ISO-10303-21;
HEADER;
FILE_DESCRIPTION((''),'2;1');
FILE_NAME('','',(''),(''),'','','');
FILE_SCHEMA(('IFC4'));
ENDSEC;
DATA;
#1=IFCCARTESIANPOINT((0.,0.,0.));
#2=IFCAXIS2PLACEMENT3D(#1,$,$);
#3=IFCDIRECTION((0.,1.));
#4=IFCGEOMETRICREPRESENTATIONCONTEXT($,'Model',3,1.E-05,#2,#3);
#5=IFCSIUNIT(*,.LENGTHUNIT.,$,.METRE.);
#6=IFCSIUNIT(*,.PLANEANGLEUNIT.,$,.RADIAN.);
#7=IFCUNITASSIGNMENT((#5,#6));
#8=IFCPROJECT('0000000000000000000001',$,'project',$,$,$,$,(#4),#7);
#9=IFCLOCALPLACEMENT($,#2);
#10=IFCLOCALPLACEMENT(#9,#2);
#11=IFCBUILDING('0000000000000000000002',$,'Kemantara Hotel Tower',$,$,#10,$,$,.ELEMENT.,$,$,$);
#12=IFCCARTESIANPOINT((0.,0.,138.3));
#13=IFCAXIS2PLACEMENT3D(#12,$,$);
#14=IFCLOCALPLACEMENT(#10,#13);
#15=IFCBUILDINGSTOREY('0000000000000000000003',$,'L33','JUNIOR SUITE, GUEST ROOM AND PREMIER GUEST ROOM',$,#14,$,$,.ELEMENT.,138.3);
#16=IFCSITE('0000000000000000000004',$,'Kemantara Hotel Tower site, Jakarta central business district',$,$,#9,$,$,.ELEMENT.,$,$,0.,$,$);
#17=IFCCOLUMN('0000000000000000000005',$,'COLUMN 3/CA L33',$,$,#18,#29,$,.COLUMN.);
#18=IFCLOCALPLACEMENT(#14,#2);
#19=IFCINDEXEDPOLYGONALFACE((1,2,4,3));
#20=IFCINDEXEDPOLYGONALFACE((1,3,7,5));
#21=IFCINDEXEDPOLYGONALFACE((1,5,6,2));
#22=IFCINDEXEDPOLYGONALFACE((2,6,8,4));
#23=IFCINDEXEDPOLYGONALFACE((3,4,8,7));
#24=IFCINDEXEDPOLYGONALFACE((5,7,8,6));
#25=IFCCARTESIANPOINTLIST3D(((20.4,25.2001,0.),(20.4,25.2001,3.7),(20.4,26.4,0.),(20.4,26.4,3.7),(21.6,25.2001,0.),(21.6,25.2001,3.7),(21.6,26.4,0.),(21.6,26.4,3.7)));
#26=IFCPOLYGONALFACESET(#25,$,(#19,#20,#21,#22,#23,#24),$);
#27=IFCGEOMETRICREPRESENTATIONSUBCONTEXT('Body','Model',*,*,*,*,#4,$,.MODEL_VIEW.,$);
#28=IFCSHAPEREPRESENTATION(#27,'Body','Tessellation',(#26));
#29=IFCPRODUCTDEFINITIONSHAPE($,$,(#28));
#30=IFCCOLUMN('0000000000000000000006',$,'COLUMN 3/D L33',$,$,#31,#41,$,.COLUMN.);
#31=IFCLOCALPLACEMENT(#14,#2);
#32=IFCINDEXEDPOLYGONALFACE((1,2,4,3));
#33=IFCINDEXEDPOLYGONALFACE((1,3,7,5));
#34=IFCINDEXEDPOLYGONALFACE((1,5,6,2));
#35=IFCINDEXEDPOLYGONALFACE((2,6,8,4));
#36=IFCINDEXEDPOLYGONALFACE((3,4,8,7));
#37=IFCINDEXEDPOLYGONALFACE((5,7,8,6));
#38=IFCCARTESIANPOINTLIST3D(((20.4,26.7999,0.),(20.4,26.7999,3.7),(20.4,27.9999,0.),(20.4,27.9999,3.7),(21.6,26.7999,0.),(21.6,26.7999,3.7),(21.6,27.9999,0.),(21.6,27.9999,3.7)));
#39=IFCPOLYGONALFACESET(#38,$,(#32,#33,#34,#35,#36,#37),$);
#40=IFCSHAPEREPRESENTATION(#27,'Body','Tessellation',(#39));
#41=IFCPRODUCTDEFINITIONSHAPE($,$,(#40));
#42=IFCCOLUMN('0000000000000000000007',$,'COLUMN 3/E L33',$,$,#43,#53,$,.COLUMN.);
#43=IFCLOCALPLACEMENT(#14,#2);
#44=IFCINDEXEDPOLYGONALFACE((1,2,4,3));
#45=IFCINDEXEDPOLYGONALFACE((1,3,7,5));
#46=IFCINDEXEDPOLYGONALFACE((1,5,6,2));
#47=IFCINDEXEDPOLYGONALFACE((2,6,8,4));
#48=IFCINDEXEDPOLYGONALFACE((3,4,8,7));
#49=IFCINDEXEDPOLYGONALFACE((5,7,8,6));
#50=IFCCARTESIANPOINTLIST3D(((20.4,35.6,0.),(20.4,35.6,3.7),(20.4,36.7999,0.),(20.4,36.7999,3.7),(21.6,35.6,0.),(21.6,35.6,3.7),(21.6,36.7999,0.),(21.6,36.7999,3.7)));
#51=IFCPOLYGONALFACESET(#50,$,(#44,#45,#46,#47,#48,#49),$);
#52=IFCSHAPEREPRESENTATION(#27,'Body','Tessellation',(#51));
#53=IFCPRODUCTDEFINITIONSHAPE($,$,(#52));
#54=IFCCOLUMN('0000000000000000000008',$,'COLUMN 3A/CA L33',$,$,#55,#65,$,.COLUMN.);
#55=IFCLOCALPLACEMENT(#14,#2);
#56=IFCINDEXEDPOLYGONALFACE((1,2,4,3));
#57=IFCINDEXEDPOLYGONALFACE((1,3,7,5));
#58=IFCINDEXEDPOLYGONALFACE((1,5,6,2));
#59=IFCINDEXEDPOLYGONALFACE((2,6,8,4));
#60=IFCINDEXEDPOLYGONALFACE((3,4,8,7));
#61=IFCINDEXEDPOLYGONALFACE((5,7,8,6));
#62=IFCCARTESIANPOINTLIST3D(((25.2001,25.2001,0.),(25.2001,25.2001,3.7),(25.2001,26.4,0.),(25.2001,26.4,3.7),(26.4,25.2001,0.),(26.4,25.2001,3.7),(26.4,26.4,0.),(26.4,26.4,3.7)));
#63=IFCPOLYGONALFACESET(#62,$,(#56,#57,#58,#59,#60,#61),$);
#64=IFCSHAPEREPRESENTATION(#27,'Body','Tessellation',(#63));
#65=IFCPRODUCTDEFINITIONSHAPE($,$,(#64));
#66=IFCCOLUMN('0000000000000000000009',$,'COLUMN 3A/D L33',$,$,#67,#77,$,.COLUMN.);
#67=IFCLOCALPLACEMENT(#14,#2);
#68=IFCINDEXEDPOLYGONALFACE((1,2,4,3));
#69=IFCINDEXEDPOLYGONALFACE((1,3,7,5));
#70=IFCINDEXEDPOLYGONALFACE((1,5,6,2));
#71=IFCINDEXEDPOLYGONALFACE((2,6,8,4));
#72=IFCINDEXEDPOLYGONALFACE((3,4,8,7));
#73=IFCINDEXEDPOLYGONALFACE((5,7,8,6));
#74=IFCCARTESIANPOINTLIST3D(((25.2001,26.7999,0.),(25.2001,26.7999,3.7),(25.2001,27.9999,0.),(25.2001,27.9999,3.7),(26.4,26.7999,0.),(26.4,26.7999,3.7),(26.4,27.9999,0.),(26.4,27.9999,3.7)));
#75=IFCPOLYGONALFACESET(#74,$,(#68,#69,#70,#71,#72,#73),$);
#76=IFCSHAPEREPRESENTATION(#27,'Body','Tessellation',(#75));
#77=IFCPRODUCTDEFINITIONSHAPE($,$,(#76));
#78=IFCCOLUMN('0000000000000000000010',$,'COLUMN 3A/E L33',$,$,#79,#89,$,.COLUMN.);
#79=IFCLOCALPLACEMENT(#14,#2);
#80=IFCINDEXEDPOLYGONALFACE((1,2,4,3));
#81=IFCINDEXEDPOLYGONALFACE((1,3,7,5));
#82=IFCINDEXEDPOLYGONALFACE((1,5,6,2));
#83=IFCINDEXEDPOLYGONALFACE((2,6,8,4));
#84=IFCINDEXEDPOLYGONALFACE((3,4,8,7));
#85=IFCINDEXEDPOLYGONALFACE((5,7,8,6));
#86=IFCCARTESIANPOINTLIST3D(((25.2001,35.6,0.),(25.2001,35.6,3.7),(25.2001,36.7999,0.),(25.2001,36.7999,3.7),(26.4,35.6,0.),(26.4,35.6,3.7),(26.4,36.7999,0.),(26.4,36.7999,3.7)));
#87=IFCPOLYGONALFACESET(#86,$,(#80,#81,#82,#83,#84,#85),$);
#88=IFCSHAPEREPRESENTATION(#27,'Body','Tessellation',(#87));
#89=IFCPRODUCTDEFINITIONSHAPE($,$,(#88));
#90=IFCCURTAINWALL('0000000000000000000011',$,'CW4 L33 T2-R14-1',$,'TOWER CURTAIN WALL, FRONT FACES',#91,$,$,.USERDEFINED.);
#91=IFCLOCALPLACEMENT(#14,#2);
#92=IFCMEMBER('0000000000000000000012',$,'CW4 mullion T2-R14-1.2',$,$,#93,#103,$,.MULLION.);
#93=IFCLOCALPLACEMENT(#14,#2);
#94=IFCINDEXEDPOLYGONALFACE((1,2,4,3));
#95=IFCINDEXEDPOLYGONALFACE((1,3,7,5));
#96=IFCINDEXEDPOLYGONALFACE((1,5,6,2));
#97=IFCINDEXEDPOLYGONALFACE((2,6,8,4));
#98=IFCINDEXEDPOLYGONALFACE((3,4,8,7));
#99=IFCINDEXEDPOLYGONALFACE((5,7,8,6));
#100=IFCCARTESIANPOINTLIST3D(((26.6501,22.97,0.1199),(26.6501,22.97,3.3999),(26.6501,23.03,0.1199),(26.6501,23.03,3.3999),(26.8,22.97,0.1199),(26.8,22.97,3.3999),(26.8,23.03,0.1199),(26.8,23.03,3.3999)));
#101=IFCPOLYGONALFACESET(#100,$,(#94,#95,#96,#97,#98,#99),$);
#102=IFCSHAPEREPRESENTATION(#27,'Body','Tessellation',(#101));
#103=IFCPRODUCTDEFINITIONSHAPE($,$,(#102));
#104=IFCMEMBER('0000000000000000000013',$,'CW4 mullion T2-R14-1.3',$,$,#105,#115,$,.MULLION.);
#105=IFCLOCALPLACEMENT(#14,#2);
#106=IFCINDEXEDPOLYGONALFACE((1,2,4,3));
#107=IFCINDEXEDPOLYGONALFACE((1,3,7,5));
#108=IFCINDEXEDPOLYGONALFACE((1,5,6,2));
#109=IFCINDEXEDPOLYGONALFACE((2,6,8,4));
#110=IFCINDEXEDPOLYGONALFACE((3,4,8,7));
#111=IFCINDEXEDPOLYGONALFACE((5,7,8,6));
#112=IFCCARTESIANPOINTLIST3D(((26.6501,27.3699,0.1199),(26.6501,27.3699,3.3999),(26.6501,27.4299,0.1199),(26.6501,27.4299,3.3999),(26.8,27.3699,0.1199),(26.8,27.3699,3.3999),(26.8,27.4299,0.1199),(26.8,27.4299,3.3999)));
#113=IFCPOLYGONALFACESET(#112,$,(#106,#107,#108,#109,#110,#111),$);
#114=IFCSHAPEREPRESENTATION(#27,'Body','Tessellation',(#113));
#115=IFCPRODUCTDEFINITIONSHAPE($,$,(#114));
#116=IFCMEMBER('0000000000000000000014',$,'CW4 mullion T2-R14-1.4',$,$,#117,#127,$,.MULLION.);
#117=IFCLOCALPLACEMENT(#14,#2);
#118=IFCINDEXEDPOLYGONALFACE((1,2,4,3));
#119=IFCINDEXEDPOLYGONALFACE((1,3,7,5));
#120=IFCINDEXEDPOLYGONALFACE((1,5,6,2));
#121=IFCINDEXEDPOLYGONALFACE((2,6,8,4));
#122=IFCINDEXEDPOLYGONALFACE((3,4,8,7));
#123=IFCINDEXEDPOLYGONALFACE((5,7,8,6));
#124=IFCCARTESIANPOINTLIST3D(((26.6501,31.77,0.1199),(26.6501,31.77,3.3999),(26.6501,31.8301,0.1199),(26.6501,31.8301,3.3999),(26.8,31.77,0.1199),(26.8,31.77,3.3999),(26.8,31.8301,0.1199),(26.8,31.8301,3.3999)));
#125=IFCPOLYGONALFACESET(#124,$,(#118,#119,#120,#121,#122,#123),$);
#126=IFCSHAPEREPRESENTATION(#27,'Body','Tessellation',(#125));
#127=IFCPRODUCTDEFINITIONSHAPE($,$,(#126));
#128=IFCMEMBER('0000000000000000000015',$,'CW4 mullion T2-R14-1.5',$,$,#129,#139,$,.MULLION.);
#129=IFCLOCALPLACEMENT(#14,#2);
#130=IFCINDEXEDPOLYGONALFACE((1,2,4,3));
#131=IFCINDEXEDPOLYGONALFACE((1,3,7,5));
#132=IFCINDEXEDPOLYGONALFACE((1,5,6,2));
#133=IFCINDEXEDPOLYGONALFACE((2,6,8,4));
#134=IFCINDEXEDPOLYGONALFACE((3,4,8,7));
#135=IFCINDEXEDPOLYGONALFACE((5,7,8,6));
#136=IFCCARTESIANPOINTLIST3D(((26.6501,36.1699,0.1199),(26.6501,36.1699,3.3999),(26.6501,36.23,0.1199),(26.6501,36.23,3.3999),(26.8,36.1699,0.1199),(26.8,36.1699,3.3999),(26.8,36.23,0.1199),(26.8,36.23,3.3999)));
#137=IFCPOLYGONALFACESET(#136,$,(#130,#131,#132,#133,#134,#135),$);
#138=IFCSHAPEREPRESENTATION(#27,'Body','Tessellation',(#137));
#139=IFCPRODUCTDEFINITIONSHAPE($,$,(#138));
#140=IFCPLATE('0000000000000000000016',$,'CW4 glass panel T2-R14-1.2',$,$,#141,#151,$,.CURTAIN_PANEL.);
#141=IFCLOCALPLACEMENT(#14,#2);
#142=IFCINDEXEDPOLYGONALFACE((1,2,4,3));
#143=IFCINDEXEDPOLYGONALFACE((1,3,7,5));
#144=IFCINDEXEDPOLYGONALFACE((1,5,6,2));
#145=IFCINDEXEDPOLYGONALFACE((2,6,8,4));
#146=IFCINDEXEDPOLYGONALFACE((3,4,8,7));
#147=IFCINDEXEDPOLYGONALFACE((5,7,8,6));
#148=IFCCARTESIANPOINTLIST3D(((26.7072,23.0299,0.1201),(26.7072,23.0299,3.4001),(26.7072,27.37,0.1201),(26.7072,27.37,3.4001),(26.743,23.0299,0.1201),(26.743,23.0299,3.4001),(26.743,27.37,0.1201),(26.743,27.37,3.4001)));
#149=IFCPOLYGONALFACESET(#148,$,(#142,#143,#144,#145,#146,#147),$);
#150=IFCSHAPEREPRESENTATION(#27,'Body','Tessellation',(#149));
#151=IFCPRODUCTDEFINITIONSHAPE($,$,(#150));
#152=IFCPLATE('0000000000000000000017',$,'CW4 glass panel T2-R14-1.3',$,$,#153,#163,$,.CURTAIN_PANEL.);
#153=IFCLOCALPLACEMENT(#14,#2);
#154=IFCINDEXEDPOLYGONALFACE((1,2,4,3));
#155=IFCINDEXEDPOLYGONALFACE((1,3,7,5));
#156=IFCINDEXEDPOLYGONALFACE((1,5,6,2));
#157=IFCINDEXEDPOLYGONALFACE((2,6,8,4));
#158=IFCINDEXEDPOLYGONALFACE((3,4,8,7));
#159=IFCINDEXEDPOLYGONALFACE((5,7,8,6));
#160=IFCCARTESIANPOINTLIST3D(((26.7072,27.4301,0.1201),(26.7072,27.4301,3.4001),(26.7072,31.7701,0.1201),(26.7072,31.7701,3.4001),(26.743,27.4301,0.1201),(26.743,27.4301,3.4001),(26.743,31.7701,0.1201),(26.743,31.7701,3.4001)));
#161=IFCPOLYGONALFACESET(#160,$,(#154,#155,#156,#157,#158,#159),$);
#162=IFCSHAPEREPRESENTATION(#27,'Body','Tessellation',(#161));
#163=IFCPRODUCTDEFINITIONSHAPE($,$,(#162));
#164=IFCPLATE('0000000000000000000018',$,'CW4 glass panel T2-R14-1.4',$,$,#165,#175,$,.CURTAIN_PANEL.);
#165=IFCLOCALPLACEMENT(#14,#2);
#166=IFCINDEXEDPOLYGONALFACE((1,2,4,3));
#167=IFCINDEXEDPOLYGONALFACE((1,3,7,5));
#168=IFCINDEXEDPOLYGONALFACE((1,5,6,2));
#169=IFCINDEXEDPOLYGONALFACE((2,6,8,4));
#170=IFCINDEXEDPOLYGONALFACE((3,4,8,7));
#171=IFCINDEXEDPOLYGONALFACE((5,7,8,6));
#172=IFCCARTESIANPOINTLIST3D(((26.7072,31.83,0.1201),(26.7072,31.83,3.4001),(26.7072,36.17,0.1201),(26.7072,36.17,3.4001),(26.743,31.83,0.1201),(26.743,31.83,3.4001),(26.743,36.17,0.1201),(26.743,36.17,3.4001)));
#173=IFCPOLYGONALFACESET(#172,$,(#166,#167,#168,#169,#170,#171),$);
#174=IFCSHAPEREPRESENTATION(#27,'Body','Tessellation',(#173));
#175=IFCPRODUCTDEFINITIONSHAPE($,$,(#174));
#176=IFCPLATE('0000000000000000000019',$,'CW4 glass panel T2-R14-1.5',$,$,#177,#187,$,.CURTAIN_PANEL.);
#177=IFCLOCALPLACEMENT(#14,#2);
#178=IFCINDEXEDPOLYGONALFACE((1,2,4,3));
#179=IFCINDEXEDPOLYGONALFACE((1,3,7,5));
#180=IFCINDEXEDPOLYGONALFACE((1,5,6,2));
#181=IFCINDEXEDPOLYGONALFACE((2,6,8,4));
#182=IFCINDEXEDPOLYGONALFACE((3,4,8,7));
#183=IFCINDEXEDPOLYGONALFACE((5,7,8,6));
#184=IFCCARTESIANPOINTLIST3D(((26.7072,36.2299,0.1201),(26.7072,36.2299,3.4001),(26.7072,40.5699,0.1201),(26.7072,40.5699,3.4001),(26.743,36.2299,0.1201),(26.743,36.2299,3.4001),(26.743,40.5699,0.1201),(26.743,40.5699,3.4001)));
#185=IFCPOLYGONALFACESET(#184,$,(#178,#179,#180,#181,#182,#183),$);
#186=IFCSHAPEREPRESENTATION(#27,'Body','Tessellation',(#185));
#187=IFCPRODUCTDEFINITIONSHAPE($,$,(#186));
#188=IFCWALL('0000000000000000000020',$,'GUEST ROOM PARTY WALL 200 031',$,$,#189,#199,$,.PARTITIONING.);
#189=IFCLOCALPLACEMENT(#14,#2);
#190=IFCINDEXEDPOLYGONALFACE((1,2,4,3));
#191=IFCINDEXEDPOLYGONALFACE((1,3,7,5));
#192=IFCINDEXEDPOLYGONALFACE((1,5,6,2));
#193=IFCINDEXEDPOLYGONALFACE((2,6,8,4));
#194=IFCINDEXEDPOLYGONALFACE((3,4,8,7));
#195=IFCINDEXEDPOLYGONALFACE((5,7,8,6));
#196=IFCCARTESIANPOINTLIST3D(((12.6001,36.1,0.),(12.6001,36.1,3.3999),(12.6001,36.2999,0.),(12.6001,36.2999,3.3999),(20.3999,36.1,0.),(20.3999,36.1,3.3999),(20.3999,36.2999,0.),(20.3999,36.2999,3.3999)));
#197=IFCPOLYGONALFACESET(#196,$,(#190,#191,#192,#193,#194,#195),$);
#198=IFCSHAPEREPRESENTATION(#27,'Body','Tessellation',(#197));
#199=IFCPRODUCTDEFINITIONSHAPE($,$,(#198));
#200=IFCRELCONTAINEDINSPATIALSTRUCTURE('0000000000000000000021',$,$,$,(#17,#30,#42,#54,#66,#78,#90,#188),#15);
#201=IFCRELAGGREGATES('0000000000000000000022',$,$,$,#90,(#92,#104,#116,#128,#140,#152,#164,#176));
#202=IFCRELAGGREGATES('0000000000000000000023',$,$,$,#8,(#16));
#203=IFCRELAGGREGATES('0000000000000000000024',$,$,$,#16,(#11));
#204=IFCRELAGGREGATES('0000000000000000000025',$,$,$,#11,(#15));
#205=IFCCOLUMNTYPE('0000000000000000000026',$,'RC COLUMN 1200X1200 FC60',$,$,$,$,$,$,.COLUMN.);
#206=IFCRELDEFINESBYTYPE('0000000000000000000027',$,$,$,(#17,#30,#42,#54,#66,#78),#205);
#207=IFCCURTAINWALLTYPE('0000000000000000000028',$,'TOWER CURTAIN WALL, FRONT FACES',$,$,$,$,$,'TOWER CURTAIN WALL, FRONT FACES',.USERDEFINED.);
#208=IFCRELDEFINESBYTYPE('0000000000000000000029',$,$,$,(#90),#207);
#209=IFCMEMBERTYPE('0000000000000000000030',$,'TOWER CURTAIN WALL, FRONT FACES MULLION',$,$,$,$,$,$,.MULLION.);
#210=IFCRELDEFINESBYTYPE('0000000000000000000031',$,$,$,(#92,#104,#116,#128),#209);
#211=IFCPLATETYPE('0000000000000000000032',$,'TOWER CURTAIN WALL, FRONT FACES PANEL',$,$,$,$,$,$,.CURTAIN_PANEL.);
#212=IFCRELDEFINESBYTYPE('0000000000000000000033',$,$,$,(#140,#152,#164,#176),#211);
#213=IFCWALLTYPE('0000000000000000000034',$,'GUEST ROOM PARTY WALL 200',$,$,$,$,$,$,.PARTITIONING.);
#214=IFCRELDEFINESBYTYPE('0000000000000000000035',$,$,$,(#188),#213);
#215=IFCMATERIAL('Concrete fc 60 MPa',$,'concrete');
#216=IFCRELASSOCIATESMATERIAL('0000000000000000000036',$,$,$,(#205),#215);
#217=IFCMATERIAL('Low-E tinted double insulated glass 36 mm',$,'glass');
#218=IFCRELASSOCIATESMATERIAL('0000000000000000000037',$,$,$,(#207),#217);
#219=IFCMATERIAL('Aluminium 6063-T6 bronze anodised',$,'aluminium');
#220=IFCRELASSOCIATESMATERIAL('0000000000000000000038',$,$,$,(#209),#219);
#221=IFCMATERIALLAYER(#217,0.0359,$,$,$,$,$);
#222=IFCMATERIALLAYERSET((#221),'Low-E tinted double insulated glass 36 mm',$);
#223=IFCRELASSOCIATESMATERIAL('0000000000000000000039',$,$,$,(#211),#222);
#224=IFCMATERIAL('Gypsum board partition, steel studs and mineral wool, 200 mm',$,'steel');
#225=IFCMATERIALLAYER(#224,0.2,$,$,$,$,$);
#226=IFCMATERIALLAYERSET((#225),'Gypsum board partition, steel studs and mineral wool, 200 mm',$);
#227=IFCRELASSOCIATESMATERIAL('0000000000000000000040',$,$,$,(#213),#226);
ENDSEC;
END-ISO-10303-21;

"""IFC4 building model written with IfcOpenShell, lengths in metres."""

from ifc_helpers import new_model, si_unit, direction, frame, frame_2d, origin, origin_2d, place, context, subcontext, project, spatial, rectangle, extrude, source, transform, mapped, material, layer, layer_set, material_profile, profile_set, type_object, element, aggregate, save


model = new_model("IFC4")

# Units and contexts
model_context = context("Model", 3, precision=1e-05, world=origin(), true_north=direction((0.0, 1.0)))
body_context = subcontext(model_context, "Body", "Model", "MODEL_VIEW")
ifc_project = project(units=[si_unit("LENGTHUNIT", "METRE"), si_unit("PLANEANGLEUNIT", "RADIAN")], contexts=[model_context])

# Site, building, storey
site_placement = place(None, origin())
site = spatial("IfcSite", under=ifc_project, at=site_placement, Name="Kemantara Hotel Tower site, Jakarta central business district", CompositionType="ELEMENT", RefElevation=0.0)
building_placement = place(site_placement, origin())
building = spatial("IfcBuilding", under=site, at=building_placement, Name="Kemantara Hotel Tower", CompositionType="ELEMENT")
storey_placement = place(building_placement, frame((0.0, 0.0, 138.3)))
storey = spatial("IfcBuildingStorey", under=building, at=storey_placement, Name="L33", Description="JUNIOR SUITE, GUEST ROOM AND PREMIER GUEST ROOM", CompositionType="ELEMENT", Elevation=138.3)

# Columns
ifc_material_1 = material(Name="Concrete fc 60 MPa", Category="concrete")
ifc_material_profile_1 = material_profile(ifc_material_1, rectangle(XDim=1.2, YDim=1.2, at=origin_2d()), Name="RC 1200X1200")
ifc_profile_set_1 = profile_set([ifc_material_profile_1], Name="Concrete fc 60 MPa")
column_type = type_object("IfcColumnType", Name="RC COLUMN 1200X1200 FC60", PredefinedType="COLUMN", material=ifc_profile_set_1)
for number, where, z_axis, x_axis, name in (
    (1, (21.0, 25.8, 0.0), (0.0, 0.0, 1.0), (1.0, 0.0, 0.0), "COLUMN 3/CA L33"),
    (2, (21.0, 27.3999, 0.0), (0.0, 0.0, 1.0), (1.0, 0.0, 0.0), "COLUMN 3/D L33"),
    (3, (21.0, 36.2, 0.0), (0.0, 0.0, 1.0), (1.0, 0.0, 0.0), "COLUMN 3/E L33"),
    (4, (25.8, 25.8, 0.0), (0.0, 0.0, 1.0), (1.0, 0.0, 0.0), "COLUMN 3A/CA L33"),
    (5, (25.8, 27.3999, 0.0), (0.0, 0.0, 1.0), (1.0, 0.0, 0.0), "COLUMN 3A/D L33"),
    (6, (25.8, 36.2, 0.0), (0.0, 0.0, 1.0), (1.0, 0.0, 0.0), "COLUMN 3A/E L33"),
):
    element("IfcColumn", number, at=place(storey_placement, frame(where, z_axis=z_axis, x_axis=x_axis)), inside=storey, type_object=column_type, Name=name, PredefinedType="COLUMN", context=body_context, shape_type="SweptSolid", body=[
        extrude(rectangle(XDim=1.2, YDim=1.2, at=origin_2d()), origin(), (0.0, 0.0, 1.0), 3.7),
    ])

# Curtain wall, members, plates
ifc_material_2 = material(Name="Low-E tinted double insulated glass 36 mm", Category="glass")
curtain_wall_type = type_object("IfcCurtainWallType", Name="TOWER CURTAIN WALL, FRONT FACES", ElementType="TOWER CURTAIN WALL, FRONT FACES", PredefinedType="USERDEFINED", material=ifc_material_2)
curtain_wall_placement = place(storey_placement, origin())
curtain_wall = element("IfcCurtainWall", 7, at=curtain_wall_placement, inside=storey, type_object=curtain_wall_type, Name="CW4 L33 T2-R14-1", ObjectType="TOWER CURTAIN WALL, FRONT FACES", PredefinedType="USERDEFINED")
ifc_material_3 = material(Name="Aluminium 6063-T6 bronze anodised", Category="aluminium")
ifc_material_profile_2 = material_profile(ifc_material_3, rectangle(XDim=0.1499, YDim=0.0601, at=origin_2d()), Name="TOWER CURTAIN WALL, FRONT FACES MULLION")
ifc_profile_set_2 = profile_set([ifc_material_profile_2], Name="Aluminium 6063-T6 bronze anodised")
member_type = type_object("IfcMemberType", Name="TOWER CURTAIN WALL, FRONT FACES MULLION", PredefinedType="MULLION", material=ifc_profile_set_2)
shared_shape_1 = source(origin(), body_context, "Body", "SweptSolid", [
    extrude(rectangle(XDim=0.1499, YDim=0.0601, at=origin_2d()), origin(), (0.0, 0.0, 1.0), 3.28),
])
member_1_placement = place(storey_placement, frame((26.7251, 23.0, 0.1199), z_axis=(0.0, 0.0, 1.0), x_axis=(-1.0, 0.0, 0.0)))
member_1 = element("IfcMember", 8, at=member_1_placement, type_object=member_type, Name="CW4 mullion T2-R14-1.2", PredefinedType="MULLION", context=body_context, shape_type="MappedRepresentation", body=[
    mapped(shared_shape_1, transform((0.0, 0.0, 0.0))),
])
member_2_placement = place(storey_placement, frame((26.7251, 27.3999, 0.1199), z_axis=(0.0, 0.0, 1.0), x_axis=(-1.0, 0.0, 0.0)))
member_2 = element("IfcMember", 9, at=member_2_placement, type_object=member_type, Name="CW4 mullion T2-R14-1.3", PredefinedType="MULLION", context=body_context, shape_type="MappedRepresentation", body=[
    mapped(shared_shape_1, transform((0.0, 0.0, 0.0))),
])
member_3_placement = place(storey_placement, frame((26.7251, 31.8, 0.1199), z_axis=(0.0, 0.0, 1.0), x_axis=(-1.0, 0.0, 0.0)))
member_3 = element("IfcMember", 10, at=member_3_placement, type_object=member_type, Name="CW4 mullion T2-R14-1.4", PredefinedType="MULLION", context=body_context, shape_type="MappedRepresentation", body=[
    mapped(shared_shape_1, transform((0.0, 0.0, 0.0))),
])
member_4_placement = place(storey_placement, frame((26.7251, 36.2, 0.1199), z_axis=(0.0, 0.0, 1.0), x_axis=(-1.0, 0.0, 0.0)))
member_4 = element("IfcMember", 11, at=member_4_placement, type_object=member_type, Name="CW4 mullion T2-R14-1.5", PredefinedType="MULLION", context=body_context, shape_type="MappedRepresentation", body=[
    mapped(shared_shape_1, transform((0.0, 0.0, 0.0))),
])
ifc_layer_1 = layer(ifc_material_2, 0.0359)
ifc_layer_set_1 = layer_set([ifc_layer_1], Name="Low-E tinted double insulated glass 36 mm")
plate_type = type_object("IfcPlateType", Name="TOWER CURTAIN WALL, FRONT FACES PANEL", PredefinedType="CURTAIN_PANEL", material=ifc_layer_set_1)
shared_shape_2 = source(origin(), body_context, "Body", "SweptSolid", [
    extrude(rectangle(XDim=4.3401, YDim=0.0359, at=origin_2d()), origin(), (0.0, 0.0, 1.0), 3.28),
])
plate_1_placement = place(storey_placement, frame((26.7251, 25.2, 0.1201), z_axis=(0.0, 0.0, 1.0), x_axis=(0.0, 1.0, 0.0)))
plate_1 = element("IfcPlate", 12, at=plate_1_placement, type_object=plate_type, Name="CW4 glass panel T2-R14-1.2", PredefinedType="CURTAIN_PANEL", context=body_context, shape_type="MappedRepresentation", body=[
    mapped(shared_shape_2, transform((0.0, 0.0, 0.0))),
])
plate_2_placement = place(storey_placement, frame((26.7251, 29.6001, 0.1201), z_axis=(0.0, 0.0, 1.0), x_axis=(0.0, 1.0, 0.0)))
plate_2 = element("IfcPlate", 13, at=plate_2_placement, type_object=plate_type, Name="CW4 glass panel T2-R14-1.3", PredefinedType="CURTAIN_PANEL", context=body_context, shape_type="MappedRepresentation", body=[
    mapped(shared_shape_2, transform((0.0, 0.0, 0.0))),
])
plate_3_placement = place(storey_placement, frame((26.7251, 34.0, 0.1201), z_axis=(0.0, 0.0, 1.0), x_axis=(0.0, 1.0, 0.0)))
plate_3 = element("IfcPlate", 14, at=plate_3_placement, type_object=plate_type, Name="CW4 glass panel T2-R14-1.4", PredefinedType="CURTAIN_PANEL", context=body_context, shape_type="MappedRepresentation", body=[
    mapped(shared_shape_2, transform((0.0, 0.0, 0.0))),
])
plate_4_placement = place(storey_placement, frame((26.7251, 38.3999, 0.1201), z_axis=(0.0, 0.0, 1.0), x_axis=(0.0, 1.0, 0.0)))
plate_4 = element("IfcPlate", 15, at=plate_4_placement, type_object=plate_type, Name="CW4 glass panel T2-R14-1.5", PredefinedType="CURTAIN_PANEL", context=body_context, shape_type="MappedRepresentation", body=[
    mapped(shared_shape_2, transform((0.0, 0.0, 0.0))),
])
aggregate(curtain_wall, [member_1, member_2, member_3, member_4, plate_1, plate_2, plate_3, plate_4])

# Wall
ifc_material_4 = material(Name="Gypsum board partition, steel studs and mineral wool, 200 mm", Category="steel")
ifc_layer_2 = layer(ifc_material_4, 0.2)
ifc_layer_set_2 = layer_set([ifc_layer_2], Name="Gypsum board partition, steel studs and mineral wool, 200 mm")
wall_type_1 = type_object("IfcWallType", Name="GUEST ROOM PARTY WALL 200", PredefinedType="PARTITIONING", material=ifc_layer_set_2)
wall_1_placement = place(storey_placement, frame((12.6001, 36.2, 0.0), z_axis=(0.0, 0.0, 1.0), x_axis=(1.0, 0.0, 0.0)))
element("IfcWall", 16, at=wall_1_placement, inside=storey, type_object=wall_type_1, Name="GUEST ROOM PARTY WALL 200 031", PredefinedType="PARTITIONING", context=body_context, shape_type="SweptSolid", body=[
    extrude(rectangle(XDim=7.7998, YDim=0.2, at=frame_2d((3.8999, 0.0))), origin(), (0.0, 0.0, 1.0), 3.3999),
])

save(model, "model.ifc")
